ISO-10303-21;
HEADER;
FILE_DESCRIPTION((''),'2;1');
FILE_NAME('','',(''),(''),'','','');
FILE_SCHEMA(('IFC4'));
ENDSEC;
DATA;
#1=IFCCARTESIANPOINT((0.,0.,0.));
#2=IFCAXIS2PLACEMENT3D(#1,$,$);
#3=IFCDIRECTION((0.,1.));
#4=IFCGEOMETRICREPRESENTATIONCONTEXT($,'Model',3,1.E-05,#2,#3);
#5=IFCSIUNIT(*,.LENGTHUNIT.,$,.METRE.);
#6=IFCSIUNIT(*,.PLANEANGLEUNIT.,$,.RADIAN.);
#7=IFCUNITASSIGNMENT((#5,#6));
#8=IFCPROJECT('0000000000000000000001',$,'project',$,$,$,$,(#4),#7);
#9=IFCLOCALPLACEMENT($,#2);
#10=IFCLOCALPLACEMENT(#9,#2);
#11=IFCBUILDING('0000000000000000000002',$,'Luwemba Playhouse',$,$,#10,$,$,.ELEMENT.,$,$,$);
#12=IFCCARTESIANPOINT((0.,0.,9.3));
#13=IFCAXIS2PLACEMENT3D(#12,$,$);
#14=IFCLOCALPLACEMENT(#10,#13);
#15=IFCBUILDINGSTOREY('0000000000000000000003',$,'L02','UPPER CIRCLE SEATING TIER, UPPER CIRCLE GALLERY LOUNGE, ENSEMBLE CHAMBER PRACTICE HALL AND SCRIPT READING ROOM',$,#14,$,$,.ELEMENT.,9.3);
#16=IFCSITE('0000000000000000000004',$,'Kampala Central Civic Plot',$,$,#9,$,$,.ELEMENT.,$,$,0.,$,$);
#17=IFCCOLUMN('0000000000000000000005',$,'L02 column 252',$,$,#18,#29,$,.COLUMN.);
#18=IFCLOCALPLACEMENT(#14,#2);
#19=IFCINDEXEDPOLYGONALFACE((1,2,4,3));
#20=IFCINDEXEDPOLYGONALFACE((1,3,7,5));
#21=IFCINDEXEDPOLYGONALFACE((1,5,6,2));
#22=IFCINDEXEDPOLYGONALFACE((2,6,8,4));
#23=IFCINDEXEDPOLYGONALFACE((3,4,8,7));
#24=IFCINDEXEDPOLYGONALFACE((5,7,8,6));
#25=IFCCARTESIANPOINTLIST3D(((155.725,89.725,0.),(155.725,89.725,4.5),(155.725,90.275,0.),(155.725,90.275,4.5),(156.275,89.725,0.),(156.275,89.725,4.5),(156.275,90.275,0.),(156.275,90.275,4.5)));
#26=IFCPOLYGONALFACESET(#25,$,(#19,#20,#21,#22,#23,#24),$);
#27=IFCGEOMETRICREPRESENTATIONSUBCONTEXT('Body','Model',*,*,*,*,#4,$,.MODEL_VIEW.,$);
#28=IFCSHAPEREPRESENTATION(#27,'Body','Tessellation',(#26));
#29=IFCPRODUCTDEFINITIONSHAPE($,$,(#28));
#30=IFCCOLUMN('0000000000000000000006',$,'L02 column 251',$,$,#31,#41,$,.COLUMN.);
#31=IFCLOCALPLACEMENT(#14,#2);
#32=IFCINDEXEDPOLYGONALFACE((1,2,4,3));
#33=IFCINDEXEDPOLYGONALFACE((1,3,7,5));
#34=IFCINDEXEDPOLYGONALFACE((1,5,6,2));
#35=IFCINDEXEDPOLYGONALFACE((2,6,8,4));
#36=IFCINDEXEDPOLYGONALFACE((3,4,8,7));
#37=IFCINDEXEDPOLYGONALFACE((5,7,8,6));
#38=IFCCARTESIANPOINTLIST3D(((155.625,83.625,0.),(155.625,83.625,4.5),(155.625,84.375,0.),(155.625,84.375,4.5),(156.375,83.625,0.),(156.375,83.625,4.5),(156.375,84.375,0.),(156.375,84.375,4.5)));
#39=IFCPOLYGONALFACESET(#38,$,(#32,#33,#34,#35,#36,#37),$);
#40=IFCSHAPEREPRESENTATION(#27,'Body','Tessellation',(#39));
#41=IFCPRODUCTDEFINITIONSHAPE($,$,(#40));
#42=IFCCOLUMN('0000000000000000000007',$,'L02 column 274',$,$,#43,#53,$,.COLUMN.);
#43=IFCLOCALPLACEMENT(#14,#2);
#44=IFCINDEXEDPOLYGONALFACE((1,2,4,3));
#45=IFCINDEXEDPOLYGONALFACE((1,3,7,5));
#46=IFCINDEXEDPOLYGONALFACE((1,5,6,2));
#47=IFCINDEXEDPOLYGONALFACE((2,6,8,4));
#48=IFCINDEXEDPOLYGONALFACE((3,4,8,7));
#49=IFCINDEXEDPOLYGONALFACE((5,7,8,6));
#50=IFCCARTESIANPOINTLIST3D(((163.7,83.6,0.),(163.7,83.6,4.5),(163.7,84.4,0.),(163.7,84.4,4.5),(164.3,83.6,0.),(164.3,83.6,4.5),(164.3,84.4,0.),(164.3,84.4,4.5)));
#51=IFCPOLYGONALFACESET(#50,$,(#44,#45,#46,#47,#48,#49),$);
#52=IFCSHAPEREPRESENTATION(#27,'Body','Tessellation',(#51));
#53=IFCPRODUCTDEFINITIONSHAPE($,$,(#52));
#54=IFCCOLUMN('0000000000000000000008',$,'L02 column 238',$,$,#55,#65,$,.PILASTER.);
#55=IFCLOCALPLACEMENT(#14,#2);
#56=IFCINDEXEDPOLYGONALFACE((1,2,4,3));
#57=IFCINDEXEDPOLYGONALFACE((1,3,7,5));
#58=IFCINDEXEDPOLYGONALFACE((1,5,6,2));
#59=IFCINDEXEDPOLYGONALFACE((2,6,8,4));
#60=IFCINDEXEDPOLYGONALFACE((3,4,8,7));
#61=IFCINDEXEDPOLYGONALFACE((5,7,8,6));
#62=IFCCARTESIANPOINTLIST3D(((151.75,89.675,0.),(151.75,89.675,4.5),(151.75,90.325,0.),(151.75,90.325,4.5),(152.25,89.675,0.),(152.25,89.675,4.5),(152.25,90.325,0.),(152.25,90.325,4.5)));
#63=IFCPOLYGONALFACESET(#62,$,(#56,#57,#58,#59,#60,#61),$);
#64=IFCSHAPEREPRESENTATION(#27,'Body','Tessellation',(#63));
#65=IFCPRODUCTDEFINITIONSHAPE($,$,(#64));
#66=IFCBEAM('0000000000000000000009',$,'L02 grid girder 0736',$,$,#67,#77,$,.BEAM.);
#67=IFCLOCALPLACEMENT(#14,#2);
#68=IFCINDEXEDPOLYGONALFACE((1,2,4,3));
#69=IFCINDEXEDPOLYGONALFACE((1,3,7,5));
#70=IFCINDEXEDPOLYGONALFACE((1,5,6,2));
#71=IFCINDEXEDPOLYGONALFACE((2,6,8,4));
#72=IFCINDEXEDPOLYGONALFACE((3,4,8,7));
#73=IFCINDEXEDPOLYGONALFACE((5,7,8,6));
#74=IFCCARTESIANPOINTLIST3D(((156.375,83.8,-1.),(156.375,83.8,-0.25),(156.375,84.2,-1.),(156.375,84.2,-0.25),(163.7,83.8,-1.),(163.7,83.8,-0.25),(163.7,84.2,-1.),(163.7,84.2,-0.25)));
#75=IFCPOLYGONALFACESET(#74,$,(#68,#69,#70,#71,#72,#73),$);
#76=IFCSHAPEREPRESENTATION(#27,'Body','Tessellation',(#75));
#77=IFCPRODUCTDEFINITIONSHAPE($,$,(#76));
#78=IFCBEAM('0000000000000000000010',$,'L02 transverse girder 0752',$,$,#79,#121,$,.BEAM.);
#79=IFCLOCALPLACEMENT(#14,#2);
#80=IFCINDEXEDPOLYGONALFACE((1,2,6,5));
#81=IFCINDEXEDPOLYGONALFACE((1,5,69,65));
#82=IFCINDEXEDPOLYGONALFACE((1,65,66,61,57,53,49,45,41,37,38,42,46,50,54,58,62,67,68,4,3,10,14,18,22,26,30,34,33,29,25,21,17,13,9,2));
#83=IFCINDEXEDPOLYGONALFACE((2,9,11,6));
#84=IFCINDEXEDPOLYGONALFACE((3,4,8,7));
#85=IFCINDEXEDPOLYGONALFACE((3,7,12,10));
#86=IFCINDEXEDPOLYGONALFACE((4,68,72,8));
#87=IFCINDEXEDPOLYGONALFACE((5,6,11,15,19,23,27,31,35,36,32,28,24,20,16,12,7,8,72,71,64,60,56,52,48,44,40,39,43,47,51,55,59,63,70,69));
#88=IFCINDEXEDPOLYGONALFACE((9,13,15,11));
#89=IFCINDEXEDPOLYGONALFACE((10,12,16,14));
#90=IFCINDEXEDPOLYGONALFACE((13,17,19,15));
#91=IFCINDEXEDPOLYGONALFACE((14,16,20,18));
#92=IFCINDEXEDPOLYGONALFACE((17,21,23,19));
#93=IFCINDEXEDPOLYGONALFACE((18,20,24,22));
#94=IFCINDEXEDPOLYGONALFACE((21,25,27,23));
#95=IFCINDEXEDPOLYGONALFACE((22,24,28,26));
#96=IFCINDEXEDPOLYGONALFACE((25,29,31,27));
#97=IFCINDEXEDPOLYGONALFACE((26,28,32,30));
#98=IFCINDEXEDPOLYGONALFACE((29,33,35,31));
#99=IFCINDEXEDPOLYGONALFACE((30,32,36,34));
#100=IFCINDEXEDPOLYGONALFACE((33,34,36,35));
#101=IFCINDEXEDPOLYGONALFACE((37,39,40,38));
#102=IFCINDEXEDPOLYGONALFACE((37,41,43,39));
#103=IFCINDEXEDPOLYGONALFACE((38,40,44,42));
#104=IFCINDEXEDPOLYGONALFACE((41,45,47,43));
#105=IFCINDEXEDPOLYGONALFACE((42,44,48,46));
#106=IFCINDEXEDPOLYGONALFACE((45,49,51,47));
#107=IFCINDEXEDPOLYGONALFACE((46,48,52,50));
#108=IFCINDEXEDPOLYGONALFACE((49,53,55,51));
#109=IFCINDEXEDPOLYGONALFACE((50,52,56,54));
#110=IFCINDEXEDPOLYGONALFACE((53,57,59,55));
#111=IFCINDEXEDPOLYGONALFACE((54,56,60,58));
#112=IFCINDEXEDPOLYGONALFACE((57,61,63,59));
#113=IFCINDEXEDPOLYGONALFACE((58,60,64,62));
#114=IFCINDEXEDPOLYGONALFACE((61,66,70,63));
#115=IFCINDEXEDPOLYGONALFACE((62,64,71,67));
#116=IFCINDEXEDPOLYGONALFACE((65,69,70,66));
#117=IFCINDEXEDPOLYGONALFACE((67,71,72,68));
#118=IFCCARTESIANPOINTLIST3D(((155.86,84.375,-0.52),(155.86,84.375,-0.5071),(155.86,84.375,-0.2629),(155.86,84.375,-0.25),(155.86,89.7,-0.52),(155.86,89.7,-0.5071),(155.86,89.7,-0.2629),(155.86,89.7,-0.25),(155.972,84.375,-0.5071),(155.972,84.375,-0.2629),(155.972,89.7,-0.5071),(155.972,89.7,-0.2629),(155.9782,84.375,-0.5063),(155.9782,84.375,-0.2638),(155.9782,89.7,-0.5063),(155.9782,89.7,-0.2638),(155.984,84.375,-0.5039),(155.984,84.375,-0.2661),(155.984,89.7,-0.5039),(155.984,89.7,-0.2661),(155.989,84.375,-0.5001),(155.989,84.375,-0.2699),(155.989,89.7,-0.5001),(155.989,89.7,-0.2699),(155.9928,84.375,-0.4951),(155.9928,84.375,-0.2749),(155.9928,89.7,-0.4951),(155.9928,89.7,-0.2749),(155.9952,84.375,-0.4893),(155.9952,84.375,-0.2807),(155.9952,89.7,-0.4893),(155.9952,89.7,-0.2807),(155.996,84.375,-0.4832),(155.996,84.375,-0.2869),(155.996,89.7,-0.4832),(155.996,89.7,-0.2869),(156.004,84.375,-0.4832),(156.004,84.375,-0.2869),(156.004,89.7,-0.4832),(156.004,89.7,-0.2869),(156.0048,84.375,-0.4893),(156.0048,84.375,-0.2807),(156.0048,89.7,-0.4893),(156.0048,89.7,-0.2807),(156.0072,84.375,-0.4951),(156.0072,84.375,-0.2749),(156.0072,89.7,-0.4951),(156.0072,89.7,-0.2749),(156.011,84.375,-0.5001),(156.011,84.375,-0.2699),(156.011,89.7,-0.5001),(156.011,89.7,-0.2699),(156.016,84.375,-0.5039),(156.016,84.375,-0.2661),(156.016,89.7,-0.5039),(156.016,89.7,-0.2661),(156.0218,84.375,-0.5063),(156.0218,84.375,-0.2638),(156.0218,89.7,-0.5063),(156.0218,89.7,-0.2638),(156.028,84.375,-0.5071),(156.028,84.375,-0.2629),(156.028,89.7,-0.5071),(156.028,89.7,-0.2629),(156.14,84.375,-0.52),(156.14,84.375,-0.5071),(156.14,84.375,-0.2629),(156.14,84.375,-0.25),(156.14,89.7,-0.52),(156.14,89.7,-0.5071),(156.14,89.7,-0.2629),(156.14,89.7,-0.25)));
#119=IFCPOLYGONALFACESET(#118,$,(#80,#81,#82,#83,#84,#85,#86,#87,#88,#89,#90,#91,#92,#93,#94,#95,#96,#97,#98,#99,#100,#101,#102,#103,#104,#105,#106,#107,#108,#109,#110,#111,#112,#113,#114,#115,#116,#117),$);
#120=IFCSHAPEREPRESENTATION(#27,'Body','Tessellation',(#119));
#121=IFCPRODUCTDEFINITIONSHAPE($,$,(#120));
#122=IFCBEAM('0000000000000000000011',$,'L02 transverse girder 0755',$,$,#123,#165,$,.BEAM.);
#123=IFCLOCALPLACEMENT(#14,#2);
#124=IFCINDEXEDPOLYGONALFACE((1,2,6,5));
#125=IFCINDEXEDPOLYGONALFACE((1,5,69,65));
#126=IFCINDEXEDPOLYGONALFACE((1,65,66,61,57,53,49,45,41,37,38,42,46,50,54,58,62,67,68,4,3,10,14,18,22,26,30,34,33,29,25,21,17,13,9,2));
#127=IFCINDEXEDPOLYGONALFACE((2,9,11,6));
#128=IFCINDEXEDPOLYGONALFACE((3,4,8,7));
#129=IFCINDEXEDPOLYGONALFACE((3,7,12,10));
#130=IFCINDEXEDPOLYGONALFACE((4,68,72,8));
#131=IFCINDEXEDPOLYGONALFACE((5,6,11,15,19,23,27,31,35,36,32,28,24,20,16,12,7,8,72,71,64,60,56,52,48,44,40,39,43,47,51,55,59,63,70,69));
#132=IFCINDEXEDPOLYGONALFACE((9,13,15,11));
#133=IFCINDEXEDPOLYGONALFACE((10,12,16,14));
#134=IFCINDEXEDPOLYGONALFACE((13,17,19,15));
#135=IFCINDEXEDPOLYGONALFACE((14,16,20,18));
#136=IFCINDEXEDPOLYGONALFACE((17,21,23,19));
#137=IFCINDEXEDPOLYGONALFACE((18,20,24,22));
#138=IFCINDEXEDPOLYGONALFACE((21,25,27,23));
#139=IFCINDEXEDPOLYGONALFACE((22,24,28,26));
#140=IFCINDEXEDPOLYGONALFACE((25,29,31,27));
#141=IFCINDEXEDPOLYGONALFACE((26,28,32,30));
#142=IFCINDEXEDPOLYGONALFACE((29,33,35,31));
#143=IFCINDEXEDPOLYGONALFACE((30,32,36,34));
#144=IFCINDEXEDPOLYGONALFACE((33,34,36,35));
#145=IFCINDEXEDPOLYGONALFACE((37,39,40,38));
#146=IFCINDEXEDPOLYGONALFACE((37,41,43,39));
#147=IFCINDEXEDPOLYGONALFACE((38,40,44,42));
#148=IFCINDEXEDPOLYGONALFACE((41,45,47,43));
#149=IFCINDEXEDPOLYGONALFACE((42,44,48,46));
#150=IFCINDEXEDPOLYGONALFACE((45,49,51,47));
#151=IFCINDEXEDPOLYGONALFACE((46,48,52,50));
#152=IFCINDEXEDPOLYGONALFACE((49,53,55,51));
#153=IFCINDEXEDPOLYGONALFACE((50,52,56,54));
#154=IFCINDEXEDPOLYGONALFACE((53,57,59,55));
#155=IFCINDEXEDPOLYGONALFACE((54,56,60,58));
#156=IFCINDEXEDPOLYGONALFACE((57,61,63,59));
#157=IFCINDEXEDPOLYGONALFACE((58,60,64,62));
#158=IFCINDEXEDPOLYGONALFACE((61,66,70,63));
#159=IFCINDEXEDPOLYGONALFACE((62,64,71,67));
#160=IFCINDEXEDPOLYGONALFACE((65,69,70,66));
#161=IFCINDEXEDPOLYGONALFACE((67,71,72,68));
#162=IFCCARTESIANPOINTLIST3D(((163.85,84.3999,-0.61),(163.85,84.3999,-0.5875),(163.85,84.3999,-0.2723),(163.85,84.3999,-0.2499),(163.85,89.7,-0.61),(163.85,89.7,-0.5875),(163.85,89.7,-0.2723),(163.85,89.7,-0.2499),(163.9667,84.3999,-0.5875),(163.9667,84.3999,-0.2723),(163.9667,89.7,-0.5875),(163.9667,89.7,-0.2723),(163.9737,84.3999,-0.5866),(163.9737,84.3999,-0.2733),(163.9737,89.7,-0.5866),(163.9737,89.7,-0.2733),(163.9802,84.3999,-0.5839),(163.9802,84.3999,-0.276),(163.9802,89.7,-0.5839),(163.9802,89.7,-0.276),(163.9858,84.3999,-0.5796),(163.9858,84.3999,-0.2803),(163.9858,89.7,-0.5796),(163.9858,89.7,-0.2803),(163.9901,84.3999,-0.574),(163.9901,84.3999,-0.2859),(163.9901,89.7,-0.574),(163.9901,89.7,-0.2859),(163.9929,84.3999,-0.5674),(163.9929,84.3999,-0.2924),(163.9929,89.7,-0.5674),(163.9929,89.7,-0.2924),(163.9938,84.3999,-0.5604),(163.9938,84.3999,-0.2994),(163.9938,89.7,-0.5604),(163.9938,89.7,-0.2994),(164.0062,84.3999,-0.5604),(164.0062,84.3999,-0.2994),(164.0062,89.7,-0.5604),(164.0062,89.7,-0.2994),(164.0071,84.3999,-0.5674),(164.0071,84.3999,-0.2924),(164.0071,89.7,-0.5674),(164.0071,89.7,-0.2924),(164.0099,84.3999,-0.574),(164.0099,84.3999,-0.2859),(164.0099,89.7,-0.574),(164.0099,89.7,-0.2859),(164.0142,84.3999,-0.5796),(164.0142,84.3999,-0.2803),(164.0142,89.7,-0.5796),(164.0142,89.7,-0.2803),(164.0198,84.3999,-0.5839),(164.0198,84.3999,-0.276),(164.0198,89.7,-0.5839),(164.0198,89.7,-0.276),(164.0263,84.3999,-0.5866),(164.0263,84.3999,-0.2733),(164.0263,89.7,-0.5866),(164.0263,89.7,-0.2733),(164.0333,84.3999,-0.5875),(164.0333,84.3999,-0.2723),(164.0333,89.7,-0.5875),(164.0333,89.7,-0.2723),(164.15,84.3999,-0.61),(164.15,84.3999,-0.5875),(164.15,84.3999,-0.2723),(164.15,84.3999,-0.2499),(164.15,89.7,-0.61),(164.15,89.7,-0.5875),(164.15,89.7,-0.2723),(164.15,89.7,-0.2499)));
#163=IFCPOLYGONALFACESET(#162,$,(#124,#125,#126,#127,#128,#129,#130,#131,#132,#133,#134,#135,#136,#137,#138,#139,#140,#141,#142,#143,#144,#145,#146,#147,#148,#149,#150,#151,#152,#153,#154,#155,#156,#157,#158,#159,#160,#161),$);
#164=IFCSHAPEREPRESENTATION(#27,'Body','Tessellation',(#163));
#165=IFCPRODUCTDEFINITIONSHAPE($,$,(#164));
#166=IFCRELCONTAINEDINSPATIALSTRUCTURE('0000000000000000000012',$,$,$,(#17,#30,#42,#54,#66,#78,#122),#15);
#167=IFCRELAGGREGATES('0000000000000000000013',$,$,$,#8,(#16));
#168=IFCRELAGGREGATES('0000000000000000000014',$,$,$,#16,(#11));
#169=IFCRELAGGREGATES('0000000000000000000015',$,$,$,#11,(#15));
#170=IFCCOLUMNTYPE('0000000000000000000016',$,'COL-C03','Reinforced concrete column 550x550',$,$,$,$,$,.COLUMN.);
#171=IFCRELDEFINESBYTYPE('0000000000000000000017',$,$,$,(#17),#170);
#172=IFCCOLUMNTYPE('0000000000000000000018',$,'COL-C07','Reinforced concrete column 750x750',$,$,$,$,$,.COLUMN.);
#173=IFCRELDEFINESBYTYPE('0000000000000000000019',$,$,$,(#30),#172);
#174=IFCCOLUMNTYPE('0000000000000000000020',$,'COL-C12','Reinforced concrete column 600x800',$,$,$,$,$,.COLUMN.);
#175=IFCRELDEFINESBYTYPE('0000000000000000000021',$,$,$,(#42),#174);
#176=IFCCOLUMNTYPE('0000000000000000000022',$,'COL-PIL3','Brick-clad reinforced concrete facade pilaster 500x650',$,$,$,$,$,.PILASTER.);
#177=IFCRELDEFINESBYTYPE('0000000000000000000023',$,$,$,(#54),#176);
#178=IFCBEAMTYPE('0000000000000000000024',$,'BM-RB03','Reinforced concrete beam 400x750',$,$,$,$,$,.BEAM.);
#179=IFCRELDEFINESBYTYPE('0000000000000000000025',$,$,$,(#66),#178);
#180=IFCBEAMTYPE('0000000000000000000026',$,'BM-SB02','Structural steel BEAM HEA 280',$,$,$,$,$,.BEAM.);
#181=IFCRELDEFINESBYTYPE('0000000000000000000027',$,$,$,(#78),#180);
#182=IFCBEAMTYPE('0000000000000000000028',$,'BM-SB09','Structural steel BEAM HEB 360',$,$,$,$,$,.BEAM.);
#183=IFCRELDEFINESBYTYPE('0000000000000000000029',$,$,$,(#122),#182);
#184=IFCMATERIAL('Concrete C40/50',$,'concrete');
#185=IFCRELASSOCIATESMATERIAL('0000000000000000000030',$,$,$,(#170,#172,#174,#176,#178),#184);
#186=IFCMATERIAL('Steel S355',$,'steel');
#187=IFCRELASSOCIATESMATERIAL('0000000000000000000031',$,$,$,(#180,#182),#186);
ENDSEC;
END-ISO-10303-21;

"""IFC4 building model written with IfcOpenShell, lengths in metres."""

from ifc_helpers import new_model, si_unit, direction, frame, origin, origin_2d, place, context, subcontext, project, spatial, rectangle, i_section, extrude, material, material_profile, profile_set, type_object, element, save


model = new_model("IFC4")

# Units and contexts
model_context = context("Model", 3, precision=1e-05, world=origin(), true_north=direction((0.0, 1.0)))
body_context = subcontext(model_context, "Body", "Model", "MODEL_VIEW")
ifc_project = project(units=[si_unit("LENGTHUNIT", "METRE"), si_unit("PLANEANGLEUNIT", "RADIAN")], contexts=[model_context])

# Site, building, storey
site_placement = place(None, origin())
site = spatial("IfcSite", under=ifc_project, at=site_placement, Name="Kampala Central Civic Plot", CompositionType="ELEMENT", RefElevation=0.0)
building_placement = place(site_placement, origin())
building = spatial("IfcBuilding", under=site, at=building_placement, Name="Luwemba Playhouse", CompositionType="ELEMENT")
storey_placement = place(building_placement, frame((0.0, 0.0, 9.3)))
storey = spatial("IfcBuildingStorey", under=building, at=storey_placement, Name="L02", Description="UPPER CIRCLE SEATING TIER, UPPER CIRCLE GALLERY LOUNGE, ENSEMBLE CHAMBER PRACTICE HALL AND SCRIPT READING ROOM", CompositionType="ELEMENT", Elevation=9.3)

# Columns
ifc_material_1 = material(Name="Concrete C40/50", Category="concrete")
ifc_material_profile_1 = material_profile(ifc_material_1, rectangle(XDim=0.55, YDim=0.55, at=origin_2d()))
ifc_profile_set_1 = profile_set([ifc_material_profile_1], Name="Concrete C40/50")
column_type_1 = type_object("IfcColumnType", Name="COL-C03", Description="Reinforced concrete column 550x550", PredefinedType="COLUMN", material=ifc_profile_set_1)
column_1_placement = place(storey_placement, frame((156.0, 90.0, 0.0), z_axis=(0.0, 0.0, 1.0), x_axis=(1.0, 0.0, 0.0)))
element("IfcColumn", 1, at=column_1_placement, inside=storey, type_object=column_type_1, Name="L02 column 252", PredefinedType="COLUMN", context=body_context, shape_type="SweptSolid", body=[
    extrude(rectangle(XDim=0.55, YDim=0.55, at=origin_2d()), origin(), (0.0, 0.0, 1.0), 4.5),
])
ifc_material_profile_2 = material_profile(ifc_material_1, rectangle(XDim=0.75, YDim=0.75, at=origin_2d()))
ifc_profile_set_2 = profile_set([ifc_material_profile_2], Name="Concrete C40/50")
column_type_2 = type_object("IfcColumnType", Name="COL-C07", Description="Reinforced concrete column 750x750", PredefinedType="COLUMN", material=ifc_profile_set_2)
column_2_placement = place(storey_placement, frame((156.0, 84.0, 0.0), z_axis=(0.0, 0.0, 1.0), x_axis=(1.0, 0.0, 0.0)))
element("IfcColumn", 2, at=column_2_placement, inside=storey, type_object=column_type_2, Name="L02 column 251", PredefinedType="COLUMN", context=body_context, shape_type="SweptSolid", body=[
    extrude(rectangle(XDim=0.75, YDim=0.75, at=origin_2d()), origin(), (0.0, 0.0, 1.0), 4.5),
])
ifc_material_profile_3 = material_profile(ifc_material_1, rectangle(XDim=0.6001, YDim=0.8, at=origin_2d()))
ifc_profile_set_3 = profile_set([ifc_material_profile_3], Name="Concrete C40/50")
column_type_3 = type_object("IfcColumnType", Name="COL-C12", Description="Reinforced concrete column 600x800", PredefinedType="COLUMN", material=ifc_profile_set_3)
column_3_placement = place(storey_placement, frame((164.0, 84.0, 0.0), z_axis=(0.0, 0.0, 1.0), x_axis=(1.0, 0.0, 0.0)))
element("IfcColumn", 3, at=column_3_placement, inside=storey, type_object=column_type_3, Name="L02 column 274", PredefinedType="COLUMN", context=body_context, shape_type="SweptSolid", body=[
    extrude(rectangle(XDim=0.6001, YDim=0.8, at=origin_2d()), origin(), (0.0, 0.0, 1.0), 4.5),
])
ifc_material_profile_4 = material_profile(ifc_material_1, rectangle(XDim=0.5, YDim=0.6499, at=origin_2d()))
ifc_profile_set_4 = profile_set([ifc_material_profile_4], Name="Concrete C40/50")
column_type_4 = type_object("IfcColumnType", Name="COL-PIL3", Description="Brick-clad reinforced concrete facade pilaster 500x650", PredefinedType="PILASTER", material=ifc_profile_set_4)
column_4_placement = place(storey_placement, frame((152.0, 90.0, 0.0), z_axis=(0.0, 0.0, 1.0), x_axis=(1.0, 0.0, 0.0)))
element("IfcColumn", 4, at=column_4_placement, inside=storey, type_object=column_type_4, Name="L02 column 238", PredefinedType="PILASTER", context=body_context, shape_type="SweptSolid", body=[
    extrude(rectangle(XDim=0.5, YDim=0.6499, at=origin_2d()), origin(), (0.0, 0.0, 1.0), 4.5),
])

# Beams
ifc_material_profile_5 = material_profile(ifc_material_1, rectangle(XDim=0.3999, YDim=0.75, at=origin_2d()))
ifc_profile_set_5 = profile_set([ifc_material_profile_5], Name="Concrete C40/50")
beam_type_1 = type_object("IfcBeamType", Name="BM-RB03", Description="Reinforced concrete beam 400x750", PredefinedType="BEAM", material=ifc_profile_set_5)
beam_1_placement = place(storey_placement, frame((156.375, 84.0, -0.625), z_axis=(1.0, 0.0, 0.0), x_axis=(0.0, 1.0, 0.0)))
element("IfcBeam", 5, at=beam_1_placement, inside=storey, type_object=beam_type_1, Name="L02 grid girder 0736", PredefinedType="BEAM", context=body_context, shape_type="SweptSolid", body=[
    extrude(rectangle(XDim=0.3999, YDim=0.75, at=origin_2d()), origin(), (0.0, 0.0, 1.0), 7.325),
])
ifc_material_2 = material(Name="Steel S355", Category="steel")
ifc_material_profile_6 = material_profile(ifc_material_2, i_section(OverallWidth=0.28, OverallDepth=0.27, WebThickness=0.0081, FlangeThickness=0.0129, FilletRadius=0.0239, at=origin_2d()))
ifc_profile_set_6 = profile_set([ifc_material_profile_6], Name="Steel S355")
beam_type_2 = type_object("IfcBeamType", Name="BM-SB02", Description="Structural steel BEAM HEA 280", PredefinedType="BEAM", material=ifc_profile_set_6)
beam_2_placement = place(storey_placement, frame((156.0, 84.375, -0.385), z_axis=(0.0, 1.0, 0.0), x_axis=(-1.0, 0.0, 0.0)))
element("IfcBeam", 6, at=beam_2_placement, inside=storey, type_object=beam_type_2, Name="L02 transverse girder 0752", PredefinedType="BEAM", context=body_context, shape_type="SweptSolid", body=[
    extrude(i_section(OverallWidth=0.28, OverallDepth=0.27, WebThickness=0.0081, FlangeThickness=0.0129, FilletRadius=0.0239, at=origin_2d()), origin(), (0.0, 0.0, 1.0), 5.325),
])
ifc_material_profile_7 = material_profile(ifc_material_2, i_section(OverallWidth=0.3, OverallDepth=0.3601, WebThickness=0.0125, FlangeThickness=0.0225, FilletRadius=0.0271, at=origin_2d()))
ifc_profile_set_7 = profile_set([ifc_material_profile_7], Name="Steel S355")
beam_type_3 = type_object("IfcBeamType", Name="BM-SB09", Description="Structural steel BEAM HEB 360", PredefinedType="BEAM", material=ifc_profile_set_7)
beam_3_placement = place(storey_placement, frame((164.0, 84.3999, -0.4299), z_axis=(0.0, 1.0, 0.0), x_axis=(-1.0, 0.0, 0.0)))
element("IfcBeam", 7, at=beam_3_placement, inside=storey, type_object=beam_type_3, Name="L02 transverse girder 0755", PredefinedType="BEAM", context=body_context, shape_type="SweptSolid", body=[
    extrude(i_section(OverallWidth=0.3, OverallDepth=0.3601, WebThickness=0.0125, FlangeThickness=0.0225, FilletRadius=0.0271, at=origin_2d()), origin(), (0.0, 0.0, 1.0), 5.3),
])

save(model, "model.ifc")
